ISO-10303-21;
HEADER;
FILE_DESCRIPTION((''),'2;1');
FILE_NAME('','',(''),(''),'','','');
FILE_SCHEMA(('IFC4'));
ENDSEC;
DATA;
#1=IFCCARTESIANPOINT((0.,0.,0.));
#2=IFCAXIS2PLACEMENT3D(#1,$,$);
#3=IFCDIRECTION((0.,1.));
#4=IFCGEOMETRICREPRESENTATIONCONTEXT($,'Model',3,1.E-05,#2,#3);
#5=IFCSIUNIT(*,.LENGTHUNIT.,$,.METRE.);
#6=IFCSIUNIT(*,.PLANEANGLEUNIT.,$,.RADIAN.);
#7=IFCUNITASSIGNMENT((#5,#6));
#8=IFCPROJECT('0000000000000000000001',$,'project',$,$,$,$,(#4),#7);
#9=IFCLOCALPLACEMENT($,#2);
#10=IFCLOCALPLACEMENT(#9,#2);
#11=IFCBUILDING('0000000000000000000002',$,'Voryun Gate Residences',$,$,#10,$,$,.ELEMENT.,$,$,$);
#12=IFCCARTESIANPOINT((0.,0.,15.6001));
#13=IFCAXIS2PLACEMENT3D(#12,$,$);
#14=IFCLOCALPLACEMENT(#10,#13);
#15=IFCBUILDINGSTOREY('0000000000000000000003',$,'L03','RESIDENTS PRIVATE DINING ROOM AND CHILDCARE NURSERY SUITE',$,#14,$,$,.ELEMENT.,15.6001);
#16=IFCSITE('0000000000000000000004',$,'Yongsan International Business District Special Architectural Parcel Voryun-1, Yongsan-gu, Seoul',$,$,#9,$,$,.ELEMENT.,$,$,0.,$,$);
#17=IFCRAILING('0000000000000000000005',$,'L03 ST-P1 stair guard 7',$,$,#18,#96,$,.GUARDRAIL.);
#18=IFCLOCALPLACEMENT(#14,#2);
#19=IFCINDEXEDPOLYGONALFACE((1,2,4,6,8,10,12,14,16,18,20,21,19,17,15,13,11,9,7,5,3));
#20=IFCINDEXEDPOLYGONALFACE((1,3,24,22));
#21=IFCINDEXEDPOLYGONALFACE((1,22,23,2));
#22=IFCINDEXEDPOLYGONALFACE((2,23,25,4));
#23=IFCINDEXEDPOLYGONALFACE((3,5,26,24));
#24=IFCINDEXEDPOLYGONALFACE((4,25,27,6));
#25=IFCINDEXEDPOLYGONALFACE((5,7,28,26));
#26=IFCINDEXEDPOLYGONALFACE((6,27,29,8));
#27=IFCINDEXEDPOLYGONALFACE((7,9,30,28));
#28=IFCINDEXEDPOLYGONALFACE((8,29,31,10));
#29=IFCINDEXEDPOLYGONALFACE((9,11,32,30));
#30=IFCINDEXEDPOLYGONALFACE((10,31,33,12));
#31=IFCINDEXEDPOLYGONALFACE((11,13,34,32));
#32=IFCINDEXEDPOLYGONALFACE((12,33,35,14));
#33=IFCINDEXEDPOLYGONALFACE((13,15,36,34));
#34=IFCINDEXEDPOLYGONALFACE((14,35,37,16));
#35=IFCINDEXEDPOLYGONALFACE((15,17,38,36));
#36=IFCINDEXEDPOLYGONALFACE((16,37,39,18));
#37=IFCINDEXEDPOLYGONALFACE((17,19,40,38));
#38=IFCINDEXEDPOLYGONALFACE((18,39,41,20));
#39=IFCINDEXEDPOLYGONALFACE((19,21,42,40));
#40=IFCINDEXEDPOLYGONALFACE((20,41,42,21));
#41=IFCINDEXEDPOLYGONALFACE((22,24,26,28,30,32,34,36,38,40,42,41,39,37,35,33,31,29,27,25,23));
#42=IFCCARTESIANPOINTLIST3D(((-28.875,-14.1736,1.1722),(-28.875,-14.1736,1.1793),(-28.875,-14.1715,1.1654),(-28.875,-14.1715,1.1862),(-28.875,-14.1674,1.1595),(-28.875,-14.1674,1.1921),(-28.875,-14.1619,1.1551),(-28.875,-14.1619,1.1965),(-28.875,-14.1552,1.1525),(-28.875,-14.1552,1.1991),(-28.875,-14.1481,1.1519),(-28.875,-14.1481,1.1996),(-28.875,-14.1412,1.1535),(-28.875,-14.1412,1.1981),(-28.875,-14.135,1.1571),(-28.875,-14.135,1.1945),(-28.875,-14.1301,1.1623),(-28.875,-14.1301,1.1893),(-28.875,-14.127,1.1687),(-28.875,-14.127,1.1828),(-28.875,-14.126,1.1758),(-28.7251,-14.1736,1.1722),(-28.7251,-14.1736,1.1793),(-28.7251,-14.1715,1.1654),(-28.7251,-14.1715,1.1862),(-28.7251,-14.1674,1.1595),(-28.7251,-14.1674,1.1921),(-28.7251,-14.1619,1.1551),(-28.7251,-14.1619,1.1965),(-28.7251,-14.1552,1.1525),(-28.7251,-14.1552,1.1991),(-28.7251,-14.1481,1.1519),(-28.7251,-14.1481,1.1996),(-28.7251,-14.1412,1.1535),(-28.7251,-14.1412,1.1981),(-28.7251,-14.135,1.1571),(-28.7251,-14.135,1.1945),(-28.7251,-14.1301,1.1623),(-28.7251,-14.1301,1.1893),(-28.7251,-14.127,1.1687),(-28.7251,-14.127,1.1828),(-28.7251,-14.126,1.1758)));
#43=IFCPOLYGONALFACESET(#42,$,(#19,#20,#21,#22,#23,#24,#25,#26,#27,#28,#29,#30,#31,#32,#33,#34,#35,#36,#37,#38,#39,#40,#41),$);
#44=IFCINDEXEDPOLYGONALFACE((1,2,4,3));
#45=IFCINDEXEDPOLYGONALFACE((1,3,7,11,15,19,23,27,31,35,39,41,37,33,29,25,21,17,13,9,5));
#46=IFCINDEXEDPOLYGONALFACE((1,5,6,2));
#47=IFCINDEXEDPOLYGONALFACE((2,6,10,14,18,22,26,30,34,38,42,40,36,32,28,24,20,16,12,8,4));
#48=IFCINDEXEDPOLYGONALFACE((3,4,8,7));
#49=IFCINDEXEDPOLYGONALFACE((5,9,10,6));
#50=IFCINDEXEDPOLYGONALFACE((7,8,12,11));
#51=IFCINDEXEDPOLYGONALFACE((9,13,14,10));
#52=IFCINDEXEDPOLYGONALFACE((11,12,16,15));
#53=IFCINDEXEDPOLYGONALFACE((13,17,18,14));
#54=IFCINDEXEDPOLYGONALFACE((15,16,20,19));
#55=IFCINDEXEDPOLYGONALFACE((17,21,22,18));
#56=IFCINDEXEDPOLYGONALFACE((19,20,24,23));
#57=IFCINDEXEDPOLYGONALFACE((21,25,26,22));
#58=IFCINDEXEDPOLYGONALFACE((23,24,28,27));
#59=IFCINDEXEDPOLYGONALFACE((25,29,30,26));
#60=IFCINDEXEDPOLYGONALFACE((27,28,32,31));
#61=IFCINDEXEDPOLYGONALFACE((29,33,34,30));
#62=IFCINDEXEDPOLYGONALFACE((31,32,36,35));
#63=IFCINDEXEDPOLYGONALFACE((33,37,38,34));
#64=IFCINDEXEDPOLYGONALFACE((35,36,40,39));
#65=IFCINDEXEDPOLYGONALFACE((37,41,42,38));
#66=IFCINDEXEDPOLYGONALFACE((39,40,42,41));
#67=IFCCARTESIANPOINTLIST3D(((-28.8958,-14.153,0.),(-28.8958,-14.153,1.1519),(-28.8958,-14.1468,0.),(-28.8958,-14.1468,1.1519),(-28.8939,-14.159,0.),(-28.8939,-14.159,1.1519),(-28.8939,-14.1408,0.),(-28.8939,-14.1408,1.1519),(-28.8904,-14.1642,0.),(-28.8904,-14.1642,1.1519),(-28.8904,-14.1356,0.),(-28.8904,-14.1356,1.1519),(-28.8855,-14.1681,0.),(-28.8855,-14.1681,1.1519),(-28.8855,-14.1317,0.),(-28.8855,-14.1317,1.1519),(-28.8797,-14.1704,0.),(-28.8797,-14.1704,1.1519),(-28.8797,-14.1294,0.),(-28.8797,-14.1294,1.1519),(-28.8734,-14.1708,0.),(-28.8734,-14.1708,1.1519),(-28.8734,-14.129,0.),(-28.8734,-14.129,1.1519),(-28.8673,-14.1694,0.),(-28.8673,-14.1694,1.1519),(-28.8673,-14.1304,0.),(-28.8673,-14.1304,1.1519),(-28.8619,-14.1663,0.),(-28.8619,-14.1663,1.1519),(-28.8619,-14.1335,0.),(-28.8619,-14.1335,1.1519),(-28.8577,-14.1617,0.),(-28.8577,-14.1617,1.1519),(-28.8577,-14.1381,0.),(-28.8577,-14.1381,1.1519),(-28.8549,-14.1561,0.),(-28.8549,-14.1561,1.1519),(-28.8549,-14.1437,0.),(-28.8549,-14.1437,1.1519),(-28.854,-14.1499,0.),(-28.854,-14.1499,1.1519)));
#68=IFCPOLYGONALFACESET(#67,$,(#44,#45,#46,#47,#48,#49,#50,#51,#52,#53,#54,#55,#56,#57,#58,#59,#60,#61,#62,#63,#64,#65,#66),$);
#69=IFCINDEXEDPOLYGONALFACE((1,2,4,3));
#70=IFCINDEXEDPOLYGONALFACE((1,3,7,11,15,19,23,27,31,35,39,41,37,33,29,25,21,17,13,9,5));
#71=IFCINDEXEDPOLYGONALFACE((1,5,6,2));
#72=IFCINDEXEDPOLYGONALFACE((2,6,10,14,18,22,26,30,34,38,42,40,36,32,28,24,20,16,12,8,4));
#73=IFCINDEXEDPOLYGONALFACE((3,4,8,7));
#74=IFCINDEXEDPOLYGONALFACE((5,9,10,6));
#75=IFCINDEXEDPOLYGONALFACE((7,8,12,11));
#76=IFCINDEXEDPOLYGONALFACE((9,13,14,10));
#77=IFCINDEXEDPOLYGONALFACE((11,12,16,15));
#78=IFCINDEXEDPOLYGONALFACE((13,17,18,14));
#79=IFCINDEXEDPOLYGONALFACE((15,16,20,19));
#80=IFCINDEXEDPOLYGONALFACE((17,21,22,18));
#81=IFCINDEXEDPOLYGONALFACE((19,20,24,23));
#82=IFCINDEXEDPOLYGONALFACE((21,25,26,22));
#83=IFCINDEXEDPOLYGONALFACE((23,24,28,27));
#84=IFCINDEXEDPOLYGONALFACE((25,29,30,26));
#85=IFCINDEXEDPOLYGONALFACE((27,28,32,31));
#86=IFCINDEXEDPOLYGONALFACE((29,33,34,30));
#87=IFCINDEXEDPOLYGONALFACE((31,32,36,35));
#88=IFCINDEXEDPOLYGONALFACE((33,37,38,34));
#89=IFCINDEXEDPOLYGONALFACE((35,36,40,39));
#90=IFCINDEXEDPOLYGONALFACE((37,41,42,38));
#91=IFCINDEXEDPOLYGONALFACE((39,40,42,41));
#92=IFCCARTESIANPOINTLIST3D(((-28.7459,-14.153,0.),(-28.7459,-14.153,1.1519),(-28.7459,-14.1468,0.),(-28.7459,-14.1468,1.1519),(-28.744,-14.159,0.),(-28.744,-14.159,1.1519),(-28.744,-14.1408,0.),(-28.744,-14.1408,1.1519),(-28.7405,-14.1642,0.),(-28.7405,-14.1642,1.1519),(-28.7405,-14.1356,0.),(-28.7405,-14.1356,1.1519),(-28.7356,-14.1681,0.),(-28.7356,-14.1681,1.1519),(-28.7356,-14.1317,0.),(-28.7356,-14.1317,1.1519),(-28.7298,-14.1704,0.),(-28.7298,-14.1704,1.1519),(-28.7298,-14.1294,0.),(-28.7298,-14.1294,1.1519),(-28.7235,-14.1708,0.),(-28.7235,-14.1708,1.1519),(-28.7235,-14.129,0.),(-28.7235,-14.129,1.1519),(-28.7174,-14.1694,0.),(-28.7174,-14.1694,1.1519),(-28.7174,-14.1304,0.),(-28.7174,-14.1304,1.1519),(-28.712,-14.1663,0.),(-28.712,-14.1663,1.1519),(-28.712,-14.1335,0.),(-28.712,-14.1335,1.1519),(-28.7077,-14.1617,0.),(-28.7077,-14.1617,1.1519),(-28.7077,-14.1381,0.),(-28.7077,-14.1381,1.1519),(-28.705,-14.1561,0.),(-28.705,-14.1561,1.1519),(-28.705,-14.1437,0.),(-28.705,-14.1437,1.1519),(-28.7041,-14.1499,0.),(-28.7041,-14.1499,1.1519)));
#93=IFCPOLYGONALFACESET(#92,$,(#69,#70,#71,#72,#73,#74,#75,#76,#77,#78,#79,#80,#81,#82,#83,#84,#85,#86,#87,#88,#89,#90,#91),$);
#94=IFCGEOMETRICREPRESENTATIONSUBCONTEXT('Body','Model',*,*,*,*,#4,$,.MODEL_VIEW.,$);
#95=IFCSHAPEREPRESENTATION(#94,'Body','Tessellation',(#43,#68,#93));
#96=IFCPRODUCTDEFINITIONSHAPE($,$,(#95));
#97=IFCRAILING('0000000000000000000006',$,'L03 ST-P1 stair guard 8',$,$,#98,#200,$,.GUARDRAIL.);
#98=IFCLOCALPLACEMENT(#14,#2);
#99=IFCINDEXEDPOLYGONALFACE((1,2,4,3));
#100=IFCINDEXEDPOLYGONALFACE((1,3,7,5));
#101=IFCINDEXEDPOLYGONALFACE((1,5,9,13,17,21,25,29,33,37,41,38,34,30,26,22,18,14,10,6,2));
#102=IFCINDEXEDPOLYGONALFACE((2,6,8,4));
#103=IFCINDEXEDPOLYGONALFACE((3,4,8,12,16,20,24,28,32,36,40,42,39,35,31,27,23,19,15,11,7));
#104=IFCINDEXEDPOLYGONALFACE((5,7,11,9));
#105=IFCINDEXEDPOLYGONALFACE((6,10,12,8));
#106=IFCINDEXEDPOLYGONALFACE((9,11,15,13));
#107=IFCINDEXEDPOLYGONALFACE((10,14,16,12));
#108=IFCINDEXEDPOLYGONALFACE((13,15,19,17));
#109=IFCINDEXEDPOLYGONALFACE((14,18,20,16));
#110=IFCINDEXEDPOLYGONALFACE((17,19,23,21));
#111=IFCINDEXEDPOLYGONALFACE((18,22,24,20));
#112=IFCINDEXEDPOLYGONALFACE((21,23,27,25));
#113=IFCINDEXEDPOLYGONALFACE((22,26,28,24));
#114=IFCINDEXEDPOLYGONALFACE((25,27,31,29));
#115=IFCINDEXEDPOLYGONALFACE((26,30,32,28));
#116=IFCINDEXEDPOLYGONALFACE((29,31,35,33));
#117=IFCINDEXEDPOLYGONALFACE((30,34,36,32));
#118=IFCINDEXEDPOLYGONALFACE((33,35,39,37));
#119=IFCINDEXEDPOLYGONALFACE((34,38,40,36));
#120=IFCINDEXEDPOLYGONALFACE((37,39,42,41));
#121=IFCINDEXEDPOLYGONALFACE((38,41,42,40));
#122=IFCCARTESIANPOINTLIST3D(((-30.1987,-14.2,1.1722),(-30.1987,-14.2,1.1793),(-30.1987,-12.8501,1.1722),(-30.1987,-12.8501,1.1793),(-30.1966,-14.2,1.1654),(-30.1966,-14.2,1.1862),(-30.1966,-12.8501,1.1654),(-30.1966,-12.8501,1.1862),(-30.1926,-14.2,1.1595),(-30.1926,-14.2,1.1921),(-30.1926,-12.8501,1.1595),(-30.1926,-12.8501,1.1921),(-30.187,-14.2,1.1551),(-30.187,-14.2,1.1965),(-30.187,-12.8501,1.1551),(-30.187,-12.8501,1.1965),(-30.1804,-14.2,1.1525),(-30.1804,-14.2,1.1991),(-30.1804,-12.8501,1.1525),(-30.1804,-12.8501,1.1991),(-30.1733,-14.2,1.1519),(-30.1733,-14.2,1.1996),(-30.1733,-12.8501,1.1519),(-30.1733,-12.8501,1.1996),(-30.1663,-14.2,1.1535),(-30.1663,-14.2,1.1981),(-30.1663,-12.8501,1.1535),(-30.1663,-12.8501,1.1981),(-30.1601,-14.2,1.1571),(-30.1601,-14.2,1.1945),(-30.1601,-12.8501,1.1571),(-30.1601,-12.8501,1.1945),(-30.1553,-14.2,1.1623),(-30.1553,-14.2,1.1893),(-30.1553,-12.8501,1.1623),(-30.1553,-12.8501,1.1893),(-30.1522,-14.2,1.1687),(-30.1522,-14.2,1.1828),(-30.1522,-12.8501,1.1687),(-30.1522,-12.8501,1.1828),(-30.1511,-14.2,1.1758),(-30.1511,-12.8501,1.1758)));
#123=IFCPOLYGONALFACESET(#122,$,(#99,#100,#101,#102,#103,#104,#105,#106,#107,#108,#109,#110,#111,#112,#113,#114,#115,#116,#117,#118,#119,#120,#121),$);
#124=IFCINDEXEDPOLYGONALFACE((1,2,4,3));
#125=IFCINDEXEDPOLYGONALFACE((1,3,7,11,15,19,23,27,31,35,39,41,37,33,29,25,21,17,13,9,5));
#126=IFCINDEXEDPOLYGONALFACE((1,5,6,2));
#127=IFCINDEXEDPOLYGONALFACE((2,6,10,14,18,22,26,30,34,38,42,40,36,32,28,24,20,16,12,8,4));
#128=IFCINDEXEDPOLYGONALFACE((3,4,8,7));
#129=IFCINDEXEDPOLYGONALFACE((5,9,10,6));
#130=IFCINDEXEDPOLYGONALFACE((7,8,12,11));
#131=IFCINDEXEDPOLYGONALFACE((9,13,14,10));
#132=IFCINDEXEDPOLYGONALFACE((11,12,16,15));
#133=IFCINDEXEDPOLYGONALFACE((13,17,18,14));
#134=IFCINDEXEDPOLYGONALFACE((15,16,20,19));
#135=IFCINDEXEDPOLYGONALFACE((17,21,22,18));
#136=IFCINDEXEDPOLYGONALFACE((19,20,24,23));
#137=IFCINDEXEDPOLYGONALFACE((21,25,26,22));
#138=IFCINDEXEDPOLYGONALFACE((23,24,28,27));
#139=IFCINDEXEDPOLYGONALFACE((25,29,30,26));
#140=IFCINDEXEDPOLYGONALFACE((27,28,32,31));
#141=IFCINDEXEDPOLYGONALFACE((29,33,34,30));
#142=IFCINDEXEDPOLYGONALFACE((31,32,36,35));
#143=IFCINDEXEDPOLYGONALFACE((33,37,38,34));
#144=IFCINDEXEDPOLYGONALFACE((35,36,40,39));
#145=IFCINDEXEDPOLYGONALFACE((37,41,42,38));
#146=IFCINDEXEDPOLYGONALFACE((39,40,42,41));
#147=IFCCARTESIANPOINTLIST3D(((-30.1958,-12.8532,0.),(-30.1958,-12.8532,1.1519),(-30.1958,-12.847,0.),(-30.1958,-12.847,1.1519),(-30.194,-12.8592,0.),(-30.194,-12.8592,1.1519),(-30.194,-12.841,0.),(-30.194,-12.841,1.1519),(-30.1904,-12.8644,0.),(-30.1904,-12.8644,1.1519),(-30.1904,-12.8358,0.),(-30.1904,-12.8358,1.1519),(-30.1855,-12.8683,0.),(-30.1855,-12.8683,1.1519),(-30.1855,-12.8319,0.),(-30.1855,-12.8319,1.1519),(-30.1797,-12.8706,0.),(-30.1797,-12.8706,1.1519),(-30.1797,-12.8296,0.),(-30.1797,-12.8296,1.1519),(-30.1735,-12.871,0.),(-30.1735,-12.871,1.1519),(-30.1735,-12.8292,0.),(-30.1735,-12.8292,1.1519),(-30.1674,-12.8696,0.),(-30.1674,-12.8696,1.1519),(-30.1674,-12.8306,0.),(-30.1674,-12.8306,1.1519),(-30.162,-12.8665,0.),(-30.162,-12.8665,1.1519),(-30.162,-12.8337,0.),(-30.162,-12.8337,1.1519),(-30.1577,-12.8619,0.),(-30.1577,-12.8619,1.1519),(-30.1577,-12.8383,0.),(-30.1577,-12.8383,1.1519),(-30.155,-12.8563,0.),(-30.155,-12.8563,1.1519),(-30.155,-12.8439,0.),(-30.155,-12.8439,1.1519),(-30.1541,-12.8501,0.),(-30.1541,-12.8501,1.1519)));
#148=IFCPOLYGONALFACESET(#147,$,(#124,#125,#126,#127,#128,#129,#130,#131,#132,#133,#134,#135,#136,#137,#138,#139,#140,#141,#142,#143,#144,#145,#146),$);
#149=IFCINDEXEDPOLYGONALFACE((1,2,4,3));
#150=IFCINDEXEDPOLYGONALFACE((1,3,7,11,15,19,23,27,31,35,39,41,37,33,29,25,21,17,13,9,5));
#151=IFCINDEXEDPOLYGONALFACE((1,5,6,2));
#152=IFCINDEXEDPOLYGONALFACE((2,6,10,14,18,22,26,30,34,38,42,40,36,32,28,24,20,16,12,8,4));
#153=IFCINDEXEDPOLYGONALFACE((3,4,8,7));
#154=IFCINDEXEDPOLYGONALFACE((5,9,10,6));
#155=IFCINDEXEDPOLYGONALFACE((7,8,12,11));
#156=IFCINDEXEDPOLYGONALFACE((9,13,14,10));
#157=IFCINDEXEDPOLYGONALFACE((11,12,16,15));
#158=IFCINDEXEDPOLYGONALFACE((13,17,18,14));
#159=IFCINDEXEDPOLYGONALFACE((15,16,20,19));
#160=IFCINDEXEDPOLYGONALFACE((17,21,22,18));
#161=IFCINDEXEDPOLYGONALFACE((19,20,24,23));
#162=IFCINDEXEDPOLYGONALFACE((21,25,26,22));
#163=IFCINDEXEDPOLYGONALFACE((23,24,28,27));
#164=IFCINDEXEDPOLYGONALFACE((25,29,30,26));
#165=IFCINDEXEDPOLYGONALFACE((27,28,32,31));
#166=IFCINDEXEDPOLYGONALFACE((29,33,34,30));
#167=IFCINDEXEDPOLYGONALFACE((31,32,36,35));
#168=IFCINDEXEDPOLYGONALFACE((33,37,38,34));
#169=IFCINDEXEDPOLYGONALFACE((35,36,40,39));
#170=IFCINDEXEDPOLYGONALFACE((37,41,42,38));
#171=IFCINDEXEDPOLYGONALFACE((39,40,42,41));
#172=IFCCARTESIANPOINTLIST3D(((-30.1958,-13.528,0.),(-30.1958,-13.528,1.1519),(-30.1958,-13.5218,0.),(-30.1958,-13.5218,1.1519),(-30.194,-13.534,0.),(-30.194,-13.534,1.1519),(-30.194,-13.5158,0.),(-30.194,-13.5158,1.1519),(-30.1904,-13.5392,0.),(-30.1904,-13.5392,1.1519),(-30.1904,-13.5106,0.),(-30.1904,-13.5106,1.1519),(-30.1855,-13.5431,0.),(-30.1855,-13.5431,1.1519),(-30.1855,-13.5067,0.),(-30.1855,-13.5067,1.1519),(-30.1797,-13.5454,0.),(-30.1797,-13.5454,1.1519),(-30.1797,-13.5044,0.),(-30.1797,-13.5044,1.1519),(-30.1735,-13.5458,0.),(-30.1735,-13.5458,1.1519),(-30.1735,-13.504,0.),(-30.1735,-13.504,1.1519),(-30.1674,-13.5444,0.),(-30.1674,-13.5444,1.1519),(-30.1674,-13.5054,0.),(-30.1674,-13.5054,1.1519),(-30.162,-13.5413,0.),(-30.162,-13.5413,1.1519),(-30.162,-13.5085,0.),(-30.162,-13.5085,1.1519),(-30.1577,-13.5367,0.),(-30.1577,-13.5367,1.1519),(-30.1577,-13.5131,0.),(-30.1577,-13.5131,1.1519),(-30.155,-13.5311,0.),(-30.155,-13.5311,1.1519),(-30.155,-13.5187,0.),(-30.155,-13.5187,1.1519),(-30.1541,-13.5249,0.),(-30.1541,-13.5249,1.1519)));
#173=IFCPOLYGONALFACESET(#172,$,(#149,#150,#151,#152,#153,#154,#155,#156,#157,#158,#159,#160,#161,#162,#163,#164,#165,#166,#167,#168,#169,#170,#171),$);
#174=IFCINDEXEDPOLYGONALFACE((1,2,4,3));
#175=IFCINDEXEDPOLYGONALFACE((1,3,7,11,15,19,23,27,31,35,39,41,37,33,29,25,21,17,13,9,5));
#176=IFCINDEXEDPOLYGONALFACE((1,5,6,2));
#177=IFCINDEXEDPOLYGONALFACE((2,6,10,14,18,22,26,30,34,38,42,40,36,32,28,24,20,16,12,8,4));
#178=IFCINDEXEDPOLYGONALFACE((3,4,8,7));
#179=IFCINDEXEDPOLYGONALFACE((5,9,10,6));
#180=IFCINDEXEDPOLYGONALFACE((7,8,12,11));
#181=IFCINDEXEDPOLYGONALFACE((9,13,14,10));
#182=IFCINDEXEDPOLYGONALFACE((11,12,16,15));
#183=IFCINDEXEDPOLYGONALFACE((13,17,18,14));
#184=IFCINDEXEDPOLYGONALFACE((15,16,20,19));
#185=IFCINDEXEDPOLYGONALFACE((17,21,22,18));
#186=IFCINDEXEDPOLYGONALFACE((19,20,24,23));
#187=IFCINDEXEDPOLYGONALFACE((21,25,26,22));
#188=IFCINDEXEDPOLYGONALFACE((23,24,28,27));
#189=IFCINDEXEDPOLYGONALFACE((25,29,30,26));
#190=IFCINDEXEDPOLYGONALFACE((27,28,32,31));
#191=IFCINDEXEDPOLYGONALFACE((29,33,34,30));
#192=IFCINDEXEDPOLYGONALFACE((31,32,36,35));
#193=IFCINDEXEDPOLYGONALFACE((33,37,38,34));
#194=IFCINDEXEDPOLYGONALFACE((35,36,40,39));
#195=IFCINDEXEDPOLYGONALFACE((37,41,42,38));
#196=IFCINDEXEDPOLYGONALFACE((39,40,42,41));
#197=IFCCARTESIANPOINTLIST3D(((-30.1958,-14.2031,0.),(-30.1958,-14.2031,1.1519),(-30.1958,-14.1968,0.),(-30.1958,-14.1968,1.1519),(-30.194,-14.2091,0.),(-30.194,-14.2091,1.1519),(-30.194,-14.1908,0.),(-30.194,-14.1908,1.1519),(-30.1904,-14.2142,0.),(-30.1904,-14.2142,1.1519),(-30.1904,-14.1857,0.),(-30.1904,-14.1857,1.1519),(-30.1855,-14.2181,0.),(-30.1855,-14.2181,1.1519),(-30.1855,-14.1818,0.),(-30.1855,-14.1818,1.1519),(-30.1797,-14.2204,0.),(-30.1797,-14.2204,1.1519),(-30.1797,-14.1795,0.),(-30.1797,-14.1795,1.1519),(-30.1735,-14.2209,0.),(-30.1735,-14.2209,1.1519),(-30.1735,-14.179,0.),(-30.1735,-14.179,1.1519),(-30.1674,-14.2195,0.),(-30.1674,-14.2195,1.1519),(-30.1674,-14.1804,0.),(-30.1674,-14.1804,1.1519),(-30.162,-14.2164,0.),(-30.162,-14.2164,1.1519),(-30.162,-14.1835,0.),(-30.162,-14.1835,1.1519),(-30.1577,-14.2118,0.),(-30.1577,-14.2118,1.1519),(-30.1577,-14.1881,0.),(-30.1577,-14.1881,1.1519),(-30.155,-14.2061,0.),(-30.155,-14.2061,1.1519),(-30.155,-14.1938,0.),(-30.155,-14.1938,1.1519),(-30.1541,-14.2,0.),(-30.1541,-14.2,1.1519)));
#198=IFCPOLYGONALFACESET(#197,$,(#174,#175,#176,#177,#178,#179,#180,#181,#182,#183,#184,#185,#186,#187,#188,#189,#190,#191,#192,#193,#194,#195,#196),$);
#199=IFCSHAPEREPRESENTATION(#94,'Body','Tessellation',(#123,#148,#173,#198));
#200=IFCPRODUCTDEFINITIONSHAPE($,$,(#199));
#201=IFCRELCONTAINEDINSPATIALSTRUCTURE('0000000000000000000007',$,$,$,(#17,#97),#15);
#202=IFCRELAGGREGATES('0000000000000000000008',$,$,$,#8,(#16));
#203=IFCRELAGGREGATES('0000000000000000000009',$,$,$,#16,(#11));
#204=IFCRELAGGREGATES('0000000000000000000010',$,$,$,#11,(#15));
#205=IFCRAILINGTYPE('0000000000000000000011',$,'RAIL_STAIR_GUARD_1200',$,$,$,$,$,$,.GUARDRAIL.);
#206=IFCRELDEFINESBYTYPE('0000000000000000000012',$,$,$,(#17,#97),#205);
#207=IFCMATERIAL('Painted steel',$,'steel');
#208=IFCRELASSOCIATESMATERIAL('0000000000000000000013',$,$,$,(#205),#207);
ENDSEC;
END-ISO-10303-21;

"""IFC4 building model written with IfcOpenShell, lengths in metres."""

from ifc_helpers import new_model, si_unit, direction, frame, origin, origin_2d, place, context, subcontext, project, spatial, circle, extrude, material, type_object, element, save


model = new_model("IFC4")

# Units and contexts
model_context = context("Model", 3, precision=1e-05, world=origin(), true_north=direction((0.0, 1.0)))
body_context = subcontext(model_context, "Body", "Model", "MODEL_VIEW")
ifc_project = project(units=[si_unit("LENGTHUNIT", "METRE"), si_unit("PLANEANGLEUNIT", "RADIAN")], contexts=[model_context])

# Site, building, storey
site_placement = place(None, origin())
site = spatial("IfcSite", under=ifc_project, at=site_placement, Name="Yongsan International Business District Special Architectural Parcel Voryun-1, Yongsan-gu, Seoul", CompositionType="ELEMENT", RefElevation=0.0)
building_placement = place(site_placement, origin())
building = spatial("IfcBuilding", under=site, at=building_placement, Name="Voryun Gate Residences", CompositionType="ELEMENT")
storey_placement = place(building_placement, frame((0.0, 0.0, 15.6001)))
storey = spatial("IfcBuildingStorey", under=building, at=storey_placement, Name="L03", Description="RESIDENTS PRIVATE DINING ROOM AND CHILDCARE NURSERY SUITE", CompositionType="ELEMENT", Elevation=15.6001)

# Railings
ifc_material_1 = material(Name="Painted steel", Category="steel")
railing_type = type_object("IfcRailingType", Name="RAIL_STAIR_GUARD_1200", PredefinedType="GUARDRAIL", material=ifc_material_1)
railing_1_placement = place(storey_placement, frame((-28.875, -14.1499, 0.0)))
element("IfcRailing", 1, at=railing_1_placement, inside=storey, type_object=railing_type, Name="L03 ST-P1 stair guard 7", PredefinedType="GUARDRAIL", context=body_context, shape_type="SweptSolid", body=[
    extrude(circle(Radius=0.0239, at=origin_2d()), frame((0.0, 0.0, 1.1758), z_axis=(1.0, 0.0, 0.0), x_axis=(0.0, 1.0, 0.0)), (0.0, 0.0, 1.0), 0.1499),
    extrude(circle(Radius=0.021, at=origin_2d()), origin(), (0.0, 0.0, 1.0), 1.1519),
    extrude(circle(Radius=0.021, at=origin_2d()), frame((0.1499, 0.0, 0.0)), (0.0, 0.0, 1.0), 1.1519),
])
for number, where, name in (
    (2, (-30.175, -12.8501, 0.0), "L03 ST-P1 stair guard 8"),
):
    element("IfcRailing", number, at=place(storey_placement, frame(where)), inside=storey, type_object=railing_type, Name=name, PredefinedType="GUARDRAIL", context=body_context, shape_type="SweptSolid", body=[
        extrude(circle(Radius=0.0239, at=origin_2d()), frame((0.0, 0.0, 1.1758), z_axis=(0.0, -1.0, 0.0), x_axis=(1.0, 0.0, 0.0)), (0.0, 0.0, 1.0), 1.3499),
        extrude(circle(Radius=0.021, at=origin_2d()), origin(), (0.0, 0.0, 1.0), 1.1519),
        extrude(circle(Radius=0.021, at=origin_2d()), frame((0.0, -0.6748, 0.0)), (0.0, 0.0, 1.0), 1.1519),
        extrude(circle(Radius=0.021, at=origin_2d()), frame((0.0, -1.3499, 0.0)), (0.0, 0.0, 1.0), 1.1519),
    ])

save(model, "model.ifc")
